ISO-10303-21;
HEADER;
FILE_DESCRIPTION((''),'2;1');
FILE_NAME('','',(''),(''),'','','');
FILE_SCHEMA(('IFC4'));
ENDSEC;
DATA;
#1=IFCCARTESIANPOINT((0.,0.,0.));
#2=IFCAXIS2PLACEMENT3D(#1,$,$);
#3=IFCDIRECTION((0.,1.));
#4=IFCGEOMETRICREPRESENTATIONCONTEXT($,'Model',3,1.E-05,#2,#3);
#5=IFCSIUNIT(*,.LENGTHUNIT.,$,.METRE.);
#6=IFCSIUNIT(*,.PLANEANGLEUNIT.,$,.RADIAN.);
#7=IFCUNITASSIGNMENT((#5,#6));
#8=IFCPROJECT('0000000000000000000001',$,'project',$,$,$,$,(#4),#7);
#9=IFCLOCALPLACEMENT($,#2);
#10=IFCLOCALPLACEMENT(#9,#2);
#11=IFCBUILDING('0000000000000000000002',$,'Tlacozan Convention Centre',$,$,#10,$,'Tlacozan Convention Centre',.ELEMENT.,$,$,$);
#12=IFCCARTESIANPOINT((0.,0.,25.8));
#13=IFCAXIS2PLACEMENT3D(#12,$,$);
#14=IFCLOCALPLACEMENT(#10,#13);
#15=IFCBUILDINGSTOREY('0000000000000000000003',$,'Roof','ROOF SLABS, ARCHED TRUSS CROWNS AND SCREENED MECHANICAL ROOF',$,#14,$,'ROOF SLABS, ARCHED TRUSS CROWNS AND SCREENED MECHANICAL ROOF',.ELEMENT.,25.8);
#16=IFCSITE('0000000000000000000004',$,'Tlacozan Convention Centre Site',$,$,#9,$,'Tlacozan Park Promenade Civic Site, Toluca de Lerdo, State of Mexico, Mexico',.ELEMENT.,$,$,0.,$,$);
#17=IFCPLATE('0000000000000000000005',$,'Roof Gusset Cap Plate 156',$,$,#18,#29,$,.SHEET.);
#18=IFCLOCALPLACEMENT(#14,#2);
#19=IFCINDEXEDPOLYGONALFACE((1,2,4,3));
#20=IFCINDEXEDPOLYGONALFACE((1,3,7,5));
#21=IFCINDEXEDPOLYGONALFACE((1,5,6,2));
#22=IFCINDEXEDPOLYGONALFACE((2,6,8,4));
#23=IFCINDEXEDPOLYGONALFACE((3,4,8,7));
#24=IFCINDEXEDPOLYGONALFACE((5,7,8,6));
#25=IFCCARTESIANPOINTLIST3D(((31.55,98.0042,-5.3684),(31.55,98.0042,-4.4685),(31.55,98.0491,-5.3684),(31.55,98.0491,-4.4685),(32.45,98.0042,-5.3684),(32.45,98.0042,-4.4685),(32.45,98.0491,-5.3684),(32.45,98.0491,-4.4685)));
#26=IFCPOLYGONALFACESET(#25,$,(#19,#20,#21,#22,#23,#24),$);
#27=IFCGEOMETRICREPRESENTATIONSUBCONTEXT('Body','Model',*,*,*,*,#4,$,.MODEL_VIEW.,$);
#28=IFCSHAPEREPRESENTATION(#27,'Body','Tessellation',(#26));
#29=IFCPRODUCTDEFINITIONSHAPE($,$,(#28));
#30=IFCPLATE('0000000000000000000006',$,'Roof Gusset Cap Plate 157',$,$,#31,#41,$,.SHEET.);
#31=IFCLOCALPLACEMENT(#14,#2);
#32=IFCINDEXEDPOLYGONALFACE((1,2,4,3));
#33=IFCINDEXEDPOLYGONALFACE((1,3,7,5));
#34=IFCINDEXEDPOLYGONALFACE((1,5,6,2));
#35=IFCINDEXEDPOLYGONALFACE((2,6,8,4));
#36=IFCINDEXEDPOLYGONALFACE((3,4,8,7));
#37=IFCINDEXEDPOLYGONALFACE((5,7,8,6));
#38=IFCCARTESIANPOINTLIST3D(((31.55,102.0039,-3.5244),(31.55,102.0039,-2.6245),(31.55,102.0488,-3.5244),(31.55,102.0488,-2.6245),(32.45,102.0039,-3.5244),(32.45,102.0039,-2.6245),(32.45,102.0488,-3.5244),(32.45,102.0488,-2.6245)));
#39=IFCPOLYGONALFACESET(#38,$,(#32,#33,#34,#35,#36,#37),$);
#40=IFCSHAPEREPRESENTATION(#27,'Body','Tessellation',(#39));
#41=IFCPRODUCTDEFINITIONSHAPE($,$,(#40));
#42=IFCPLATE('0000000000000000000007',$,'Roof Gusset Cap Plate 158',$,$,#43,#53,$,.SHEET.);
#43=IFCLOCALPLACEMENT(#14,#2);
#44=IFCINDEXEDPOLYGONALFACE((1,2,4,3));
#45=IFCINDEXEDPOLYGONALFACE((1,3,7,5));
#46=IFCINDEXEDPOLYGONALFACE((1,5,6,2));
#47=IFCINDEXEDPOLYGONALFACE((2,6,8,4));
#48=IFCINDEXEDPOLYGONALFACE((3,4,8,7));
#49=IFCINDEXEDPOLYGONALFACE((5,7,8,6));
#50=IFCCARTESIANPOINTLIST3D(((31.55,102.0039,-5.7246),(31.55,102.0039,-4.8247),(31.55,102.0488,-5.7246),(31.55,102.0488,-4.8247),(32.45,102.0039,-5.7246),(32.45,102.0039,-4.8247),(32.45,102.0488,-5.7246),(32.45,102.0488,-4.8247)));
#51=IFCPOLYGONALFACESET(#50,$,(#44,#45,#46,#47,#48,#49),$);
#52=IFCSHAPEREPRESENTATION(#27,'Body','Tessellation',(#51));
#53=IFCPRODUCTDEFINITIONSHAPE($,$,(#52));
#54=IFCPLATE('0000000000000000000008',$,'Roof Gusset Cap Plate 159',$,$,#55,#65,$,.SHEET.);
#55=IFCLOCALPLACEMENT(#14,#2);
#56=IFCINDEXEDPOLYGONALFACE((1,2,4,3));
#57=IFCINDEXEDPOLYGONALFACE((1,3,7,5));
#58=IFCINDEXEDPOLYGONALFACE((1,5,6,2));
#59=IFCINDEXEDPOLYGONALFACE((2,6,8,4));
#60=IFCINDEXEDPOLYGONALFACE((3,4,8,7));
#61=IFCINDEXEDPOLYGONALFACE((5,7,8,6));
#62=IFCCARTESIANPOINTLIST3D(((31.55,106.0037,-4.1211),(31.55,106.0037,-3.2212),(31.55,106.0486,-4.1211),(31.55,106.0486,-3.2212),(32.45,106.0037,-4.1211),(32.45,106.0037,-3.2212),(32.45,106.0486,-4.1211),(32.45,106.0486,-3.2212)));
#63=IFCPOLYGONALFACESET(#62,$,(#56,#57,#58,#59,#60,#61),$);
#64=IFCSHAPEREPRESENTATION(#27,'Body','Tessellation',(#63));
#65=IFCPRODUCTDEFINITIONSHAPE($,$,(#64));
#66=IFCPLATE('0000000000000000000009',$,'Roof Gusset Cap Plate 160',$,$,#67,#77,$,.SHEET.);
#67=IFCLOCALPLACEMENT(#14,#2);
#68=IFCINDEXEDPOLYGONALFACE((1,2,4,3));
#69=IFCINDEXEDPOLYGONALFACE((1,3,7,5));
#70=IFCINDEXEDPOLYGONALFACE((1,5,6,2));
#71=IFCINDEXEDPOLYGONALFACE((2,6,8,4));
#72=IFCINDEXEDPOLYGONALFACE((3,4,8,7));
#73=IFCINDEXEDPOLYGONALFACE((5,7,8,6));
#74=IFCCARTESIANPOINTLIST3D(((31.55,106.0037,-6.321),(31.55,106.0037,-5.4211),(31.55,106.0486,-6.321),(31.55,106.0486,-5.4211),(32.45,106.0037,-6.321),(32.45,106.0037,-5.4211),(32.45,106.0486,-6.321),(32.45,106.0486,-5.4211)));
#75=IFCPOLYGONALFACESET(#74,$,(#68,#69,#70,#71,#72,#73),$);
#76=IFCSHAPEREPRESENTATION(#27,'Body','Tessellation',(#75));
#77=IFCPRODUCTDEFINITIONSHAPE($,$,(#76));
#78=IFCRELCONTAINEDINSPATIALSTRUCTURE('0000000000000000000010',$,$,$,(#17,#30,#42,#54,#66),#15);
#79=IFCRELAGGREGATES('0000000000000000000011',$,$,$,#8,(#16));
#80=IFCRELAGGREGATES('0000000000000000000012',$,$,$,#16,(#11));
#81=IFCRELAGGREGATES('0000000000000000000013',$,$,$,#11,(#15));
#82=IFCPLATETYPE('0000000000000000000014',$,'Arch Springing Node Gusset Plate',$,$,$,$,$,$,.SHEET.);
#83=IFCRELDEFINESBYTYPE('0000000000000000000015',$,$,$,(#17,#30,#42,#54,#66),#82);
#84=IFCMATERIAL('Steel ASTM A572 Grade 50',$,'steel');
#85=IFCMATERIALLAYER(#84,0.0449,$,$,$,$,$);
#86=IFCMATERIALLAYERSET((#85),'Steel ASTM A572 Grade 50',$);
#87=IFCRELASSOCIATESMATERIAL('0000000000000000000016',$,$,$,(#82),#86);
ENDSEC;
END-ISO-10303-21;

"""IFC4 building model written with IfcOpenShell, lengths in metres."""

from ifc_helpers import new_model, si_unit, direction, frame, origin, origin_2d, place, context, subcontext, project, spatial, rectangle, extrude, material, layer, layer_set, type_object, element, save


model = new_model("IFC4")

# Units and contexts
model_context = context("Model", 3, precision=1e-05, world=origin(), true_north=direction((0.0, 1.0)))
body_context = subcontext(model_context, "Body", "Model", "MODEL_VIEW")
ifc_project = project(units=[si_unit("LENGTHUNIT", "METRE"), si_unit("PLANEANGLEUNIT", "RADIAN")], contexts=[model_context])

# Site, building, storey
site_placement = place(None, origin())
site = spatial("IfcSite", under=ifc_project, at=site_placement, Name="Tlacozan Convention Centre Site", LongName="Tlacozan Park Promenade Civic Site, Toluca de Lerdo, State of Mexico, Mexico", CompositionType="ELEMENT", RefElevation=0.0)
building_placement = place(site_placement, origin())
building = spatial("IfcBuilding", under=site, at=building_placement, Name="Tlacozan Convention Centre", LongName="Tlacozan Convention Centre", CompositionType="ELEMENT")
storey_placement = place(building_placement, frame((0.0, 0.0, 25.8)))
storey = spatial("IfcBuildingStorey", under=building, at=storey_placement, Name="Roof", Description="ROOF SLABS, ARCHED TRUSS CROWNS AND SCREENED MECHANICAL ROOF", LongName="ROOF SLABS, ARCHED TRUSS CROWNS AND SCREENED MECHANICAL ROOF", CompositionType="ELEMENT", Elevation=25.8)

# Plates
ifc_material_1 = material(Name="Steel ASTM A572 Grade 50", Category="steel")
ifc_layer = layer(ifc_material_1, 0.0449)
ifc_layer_set = layer_set([ifc_layer], Name="Steel ASTM A572 Grade 50")
plate_type = type_object("IfcPlateType", Name="Arch Springing Node Gusset Plate", PredefinedType="SHEET", material=ifc_layer_set)
for number, where, z_axis, x_axis, name in (
    (1, (32.0, 98.0266, -5.3684), (0.0, 0.0, 1.0), (0.0, 1.0, 0.0), "Roof Gusset Cap Plate 156"),
    (2, (32.0, 102.0264, -3.5244), (0.0, 0.0, 1.0), (0.0, 1.0, 0.0), "Roof Gusset Cap Plate 157"),
    (3, (32.0, 102.0264, -5.7246), (0.0, 0.0, 1.0), (0.0, 1.0, 0.0), "Roof Gusset Cap Plate 158"),
    (4, (32.0, 106.0261, -4.1211), (0.0, 0.0, 1.0), (0.0, 1.0, 0.0), "Roof Gusset Cap Plate 159"),
    (5, (32.0, 106.0261, -6.321), (0.0, 0.0, 1.0), (0.0, 1.0, 0.0), "Roof Gusset Cap Plate 160"),
):
    element("IfcPlate", number, at=place(storey_placement, frame(where, z_axis=z_axis, x_axis=x_axis)), inside=storey, type_object=plate_type, Name=name, PredefinedType="SHEET", context=body_context, shape_type="SweptSolid", body=[
        extrude(rectangle(XDim=0.0449, YDim=0.8999, at=origin_2d()), origin(), (0.0, 0.0, 1.0), 0.8999),
    ])

save(model, "model.ifc")
